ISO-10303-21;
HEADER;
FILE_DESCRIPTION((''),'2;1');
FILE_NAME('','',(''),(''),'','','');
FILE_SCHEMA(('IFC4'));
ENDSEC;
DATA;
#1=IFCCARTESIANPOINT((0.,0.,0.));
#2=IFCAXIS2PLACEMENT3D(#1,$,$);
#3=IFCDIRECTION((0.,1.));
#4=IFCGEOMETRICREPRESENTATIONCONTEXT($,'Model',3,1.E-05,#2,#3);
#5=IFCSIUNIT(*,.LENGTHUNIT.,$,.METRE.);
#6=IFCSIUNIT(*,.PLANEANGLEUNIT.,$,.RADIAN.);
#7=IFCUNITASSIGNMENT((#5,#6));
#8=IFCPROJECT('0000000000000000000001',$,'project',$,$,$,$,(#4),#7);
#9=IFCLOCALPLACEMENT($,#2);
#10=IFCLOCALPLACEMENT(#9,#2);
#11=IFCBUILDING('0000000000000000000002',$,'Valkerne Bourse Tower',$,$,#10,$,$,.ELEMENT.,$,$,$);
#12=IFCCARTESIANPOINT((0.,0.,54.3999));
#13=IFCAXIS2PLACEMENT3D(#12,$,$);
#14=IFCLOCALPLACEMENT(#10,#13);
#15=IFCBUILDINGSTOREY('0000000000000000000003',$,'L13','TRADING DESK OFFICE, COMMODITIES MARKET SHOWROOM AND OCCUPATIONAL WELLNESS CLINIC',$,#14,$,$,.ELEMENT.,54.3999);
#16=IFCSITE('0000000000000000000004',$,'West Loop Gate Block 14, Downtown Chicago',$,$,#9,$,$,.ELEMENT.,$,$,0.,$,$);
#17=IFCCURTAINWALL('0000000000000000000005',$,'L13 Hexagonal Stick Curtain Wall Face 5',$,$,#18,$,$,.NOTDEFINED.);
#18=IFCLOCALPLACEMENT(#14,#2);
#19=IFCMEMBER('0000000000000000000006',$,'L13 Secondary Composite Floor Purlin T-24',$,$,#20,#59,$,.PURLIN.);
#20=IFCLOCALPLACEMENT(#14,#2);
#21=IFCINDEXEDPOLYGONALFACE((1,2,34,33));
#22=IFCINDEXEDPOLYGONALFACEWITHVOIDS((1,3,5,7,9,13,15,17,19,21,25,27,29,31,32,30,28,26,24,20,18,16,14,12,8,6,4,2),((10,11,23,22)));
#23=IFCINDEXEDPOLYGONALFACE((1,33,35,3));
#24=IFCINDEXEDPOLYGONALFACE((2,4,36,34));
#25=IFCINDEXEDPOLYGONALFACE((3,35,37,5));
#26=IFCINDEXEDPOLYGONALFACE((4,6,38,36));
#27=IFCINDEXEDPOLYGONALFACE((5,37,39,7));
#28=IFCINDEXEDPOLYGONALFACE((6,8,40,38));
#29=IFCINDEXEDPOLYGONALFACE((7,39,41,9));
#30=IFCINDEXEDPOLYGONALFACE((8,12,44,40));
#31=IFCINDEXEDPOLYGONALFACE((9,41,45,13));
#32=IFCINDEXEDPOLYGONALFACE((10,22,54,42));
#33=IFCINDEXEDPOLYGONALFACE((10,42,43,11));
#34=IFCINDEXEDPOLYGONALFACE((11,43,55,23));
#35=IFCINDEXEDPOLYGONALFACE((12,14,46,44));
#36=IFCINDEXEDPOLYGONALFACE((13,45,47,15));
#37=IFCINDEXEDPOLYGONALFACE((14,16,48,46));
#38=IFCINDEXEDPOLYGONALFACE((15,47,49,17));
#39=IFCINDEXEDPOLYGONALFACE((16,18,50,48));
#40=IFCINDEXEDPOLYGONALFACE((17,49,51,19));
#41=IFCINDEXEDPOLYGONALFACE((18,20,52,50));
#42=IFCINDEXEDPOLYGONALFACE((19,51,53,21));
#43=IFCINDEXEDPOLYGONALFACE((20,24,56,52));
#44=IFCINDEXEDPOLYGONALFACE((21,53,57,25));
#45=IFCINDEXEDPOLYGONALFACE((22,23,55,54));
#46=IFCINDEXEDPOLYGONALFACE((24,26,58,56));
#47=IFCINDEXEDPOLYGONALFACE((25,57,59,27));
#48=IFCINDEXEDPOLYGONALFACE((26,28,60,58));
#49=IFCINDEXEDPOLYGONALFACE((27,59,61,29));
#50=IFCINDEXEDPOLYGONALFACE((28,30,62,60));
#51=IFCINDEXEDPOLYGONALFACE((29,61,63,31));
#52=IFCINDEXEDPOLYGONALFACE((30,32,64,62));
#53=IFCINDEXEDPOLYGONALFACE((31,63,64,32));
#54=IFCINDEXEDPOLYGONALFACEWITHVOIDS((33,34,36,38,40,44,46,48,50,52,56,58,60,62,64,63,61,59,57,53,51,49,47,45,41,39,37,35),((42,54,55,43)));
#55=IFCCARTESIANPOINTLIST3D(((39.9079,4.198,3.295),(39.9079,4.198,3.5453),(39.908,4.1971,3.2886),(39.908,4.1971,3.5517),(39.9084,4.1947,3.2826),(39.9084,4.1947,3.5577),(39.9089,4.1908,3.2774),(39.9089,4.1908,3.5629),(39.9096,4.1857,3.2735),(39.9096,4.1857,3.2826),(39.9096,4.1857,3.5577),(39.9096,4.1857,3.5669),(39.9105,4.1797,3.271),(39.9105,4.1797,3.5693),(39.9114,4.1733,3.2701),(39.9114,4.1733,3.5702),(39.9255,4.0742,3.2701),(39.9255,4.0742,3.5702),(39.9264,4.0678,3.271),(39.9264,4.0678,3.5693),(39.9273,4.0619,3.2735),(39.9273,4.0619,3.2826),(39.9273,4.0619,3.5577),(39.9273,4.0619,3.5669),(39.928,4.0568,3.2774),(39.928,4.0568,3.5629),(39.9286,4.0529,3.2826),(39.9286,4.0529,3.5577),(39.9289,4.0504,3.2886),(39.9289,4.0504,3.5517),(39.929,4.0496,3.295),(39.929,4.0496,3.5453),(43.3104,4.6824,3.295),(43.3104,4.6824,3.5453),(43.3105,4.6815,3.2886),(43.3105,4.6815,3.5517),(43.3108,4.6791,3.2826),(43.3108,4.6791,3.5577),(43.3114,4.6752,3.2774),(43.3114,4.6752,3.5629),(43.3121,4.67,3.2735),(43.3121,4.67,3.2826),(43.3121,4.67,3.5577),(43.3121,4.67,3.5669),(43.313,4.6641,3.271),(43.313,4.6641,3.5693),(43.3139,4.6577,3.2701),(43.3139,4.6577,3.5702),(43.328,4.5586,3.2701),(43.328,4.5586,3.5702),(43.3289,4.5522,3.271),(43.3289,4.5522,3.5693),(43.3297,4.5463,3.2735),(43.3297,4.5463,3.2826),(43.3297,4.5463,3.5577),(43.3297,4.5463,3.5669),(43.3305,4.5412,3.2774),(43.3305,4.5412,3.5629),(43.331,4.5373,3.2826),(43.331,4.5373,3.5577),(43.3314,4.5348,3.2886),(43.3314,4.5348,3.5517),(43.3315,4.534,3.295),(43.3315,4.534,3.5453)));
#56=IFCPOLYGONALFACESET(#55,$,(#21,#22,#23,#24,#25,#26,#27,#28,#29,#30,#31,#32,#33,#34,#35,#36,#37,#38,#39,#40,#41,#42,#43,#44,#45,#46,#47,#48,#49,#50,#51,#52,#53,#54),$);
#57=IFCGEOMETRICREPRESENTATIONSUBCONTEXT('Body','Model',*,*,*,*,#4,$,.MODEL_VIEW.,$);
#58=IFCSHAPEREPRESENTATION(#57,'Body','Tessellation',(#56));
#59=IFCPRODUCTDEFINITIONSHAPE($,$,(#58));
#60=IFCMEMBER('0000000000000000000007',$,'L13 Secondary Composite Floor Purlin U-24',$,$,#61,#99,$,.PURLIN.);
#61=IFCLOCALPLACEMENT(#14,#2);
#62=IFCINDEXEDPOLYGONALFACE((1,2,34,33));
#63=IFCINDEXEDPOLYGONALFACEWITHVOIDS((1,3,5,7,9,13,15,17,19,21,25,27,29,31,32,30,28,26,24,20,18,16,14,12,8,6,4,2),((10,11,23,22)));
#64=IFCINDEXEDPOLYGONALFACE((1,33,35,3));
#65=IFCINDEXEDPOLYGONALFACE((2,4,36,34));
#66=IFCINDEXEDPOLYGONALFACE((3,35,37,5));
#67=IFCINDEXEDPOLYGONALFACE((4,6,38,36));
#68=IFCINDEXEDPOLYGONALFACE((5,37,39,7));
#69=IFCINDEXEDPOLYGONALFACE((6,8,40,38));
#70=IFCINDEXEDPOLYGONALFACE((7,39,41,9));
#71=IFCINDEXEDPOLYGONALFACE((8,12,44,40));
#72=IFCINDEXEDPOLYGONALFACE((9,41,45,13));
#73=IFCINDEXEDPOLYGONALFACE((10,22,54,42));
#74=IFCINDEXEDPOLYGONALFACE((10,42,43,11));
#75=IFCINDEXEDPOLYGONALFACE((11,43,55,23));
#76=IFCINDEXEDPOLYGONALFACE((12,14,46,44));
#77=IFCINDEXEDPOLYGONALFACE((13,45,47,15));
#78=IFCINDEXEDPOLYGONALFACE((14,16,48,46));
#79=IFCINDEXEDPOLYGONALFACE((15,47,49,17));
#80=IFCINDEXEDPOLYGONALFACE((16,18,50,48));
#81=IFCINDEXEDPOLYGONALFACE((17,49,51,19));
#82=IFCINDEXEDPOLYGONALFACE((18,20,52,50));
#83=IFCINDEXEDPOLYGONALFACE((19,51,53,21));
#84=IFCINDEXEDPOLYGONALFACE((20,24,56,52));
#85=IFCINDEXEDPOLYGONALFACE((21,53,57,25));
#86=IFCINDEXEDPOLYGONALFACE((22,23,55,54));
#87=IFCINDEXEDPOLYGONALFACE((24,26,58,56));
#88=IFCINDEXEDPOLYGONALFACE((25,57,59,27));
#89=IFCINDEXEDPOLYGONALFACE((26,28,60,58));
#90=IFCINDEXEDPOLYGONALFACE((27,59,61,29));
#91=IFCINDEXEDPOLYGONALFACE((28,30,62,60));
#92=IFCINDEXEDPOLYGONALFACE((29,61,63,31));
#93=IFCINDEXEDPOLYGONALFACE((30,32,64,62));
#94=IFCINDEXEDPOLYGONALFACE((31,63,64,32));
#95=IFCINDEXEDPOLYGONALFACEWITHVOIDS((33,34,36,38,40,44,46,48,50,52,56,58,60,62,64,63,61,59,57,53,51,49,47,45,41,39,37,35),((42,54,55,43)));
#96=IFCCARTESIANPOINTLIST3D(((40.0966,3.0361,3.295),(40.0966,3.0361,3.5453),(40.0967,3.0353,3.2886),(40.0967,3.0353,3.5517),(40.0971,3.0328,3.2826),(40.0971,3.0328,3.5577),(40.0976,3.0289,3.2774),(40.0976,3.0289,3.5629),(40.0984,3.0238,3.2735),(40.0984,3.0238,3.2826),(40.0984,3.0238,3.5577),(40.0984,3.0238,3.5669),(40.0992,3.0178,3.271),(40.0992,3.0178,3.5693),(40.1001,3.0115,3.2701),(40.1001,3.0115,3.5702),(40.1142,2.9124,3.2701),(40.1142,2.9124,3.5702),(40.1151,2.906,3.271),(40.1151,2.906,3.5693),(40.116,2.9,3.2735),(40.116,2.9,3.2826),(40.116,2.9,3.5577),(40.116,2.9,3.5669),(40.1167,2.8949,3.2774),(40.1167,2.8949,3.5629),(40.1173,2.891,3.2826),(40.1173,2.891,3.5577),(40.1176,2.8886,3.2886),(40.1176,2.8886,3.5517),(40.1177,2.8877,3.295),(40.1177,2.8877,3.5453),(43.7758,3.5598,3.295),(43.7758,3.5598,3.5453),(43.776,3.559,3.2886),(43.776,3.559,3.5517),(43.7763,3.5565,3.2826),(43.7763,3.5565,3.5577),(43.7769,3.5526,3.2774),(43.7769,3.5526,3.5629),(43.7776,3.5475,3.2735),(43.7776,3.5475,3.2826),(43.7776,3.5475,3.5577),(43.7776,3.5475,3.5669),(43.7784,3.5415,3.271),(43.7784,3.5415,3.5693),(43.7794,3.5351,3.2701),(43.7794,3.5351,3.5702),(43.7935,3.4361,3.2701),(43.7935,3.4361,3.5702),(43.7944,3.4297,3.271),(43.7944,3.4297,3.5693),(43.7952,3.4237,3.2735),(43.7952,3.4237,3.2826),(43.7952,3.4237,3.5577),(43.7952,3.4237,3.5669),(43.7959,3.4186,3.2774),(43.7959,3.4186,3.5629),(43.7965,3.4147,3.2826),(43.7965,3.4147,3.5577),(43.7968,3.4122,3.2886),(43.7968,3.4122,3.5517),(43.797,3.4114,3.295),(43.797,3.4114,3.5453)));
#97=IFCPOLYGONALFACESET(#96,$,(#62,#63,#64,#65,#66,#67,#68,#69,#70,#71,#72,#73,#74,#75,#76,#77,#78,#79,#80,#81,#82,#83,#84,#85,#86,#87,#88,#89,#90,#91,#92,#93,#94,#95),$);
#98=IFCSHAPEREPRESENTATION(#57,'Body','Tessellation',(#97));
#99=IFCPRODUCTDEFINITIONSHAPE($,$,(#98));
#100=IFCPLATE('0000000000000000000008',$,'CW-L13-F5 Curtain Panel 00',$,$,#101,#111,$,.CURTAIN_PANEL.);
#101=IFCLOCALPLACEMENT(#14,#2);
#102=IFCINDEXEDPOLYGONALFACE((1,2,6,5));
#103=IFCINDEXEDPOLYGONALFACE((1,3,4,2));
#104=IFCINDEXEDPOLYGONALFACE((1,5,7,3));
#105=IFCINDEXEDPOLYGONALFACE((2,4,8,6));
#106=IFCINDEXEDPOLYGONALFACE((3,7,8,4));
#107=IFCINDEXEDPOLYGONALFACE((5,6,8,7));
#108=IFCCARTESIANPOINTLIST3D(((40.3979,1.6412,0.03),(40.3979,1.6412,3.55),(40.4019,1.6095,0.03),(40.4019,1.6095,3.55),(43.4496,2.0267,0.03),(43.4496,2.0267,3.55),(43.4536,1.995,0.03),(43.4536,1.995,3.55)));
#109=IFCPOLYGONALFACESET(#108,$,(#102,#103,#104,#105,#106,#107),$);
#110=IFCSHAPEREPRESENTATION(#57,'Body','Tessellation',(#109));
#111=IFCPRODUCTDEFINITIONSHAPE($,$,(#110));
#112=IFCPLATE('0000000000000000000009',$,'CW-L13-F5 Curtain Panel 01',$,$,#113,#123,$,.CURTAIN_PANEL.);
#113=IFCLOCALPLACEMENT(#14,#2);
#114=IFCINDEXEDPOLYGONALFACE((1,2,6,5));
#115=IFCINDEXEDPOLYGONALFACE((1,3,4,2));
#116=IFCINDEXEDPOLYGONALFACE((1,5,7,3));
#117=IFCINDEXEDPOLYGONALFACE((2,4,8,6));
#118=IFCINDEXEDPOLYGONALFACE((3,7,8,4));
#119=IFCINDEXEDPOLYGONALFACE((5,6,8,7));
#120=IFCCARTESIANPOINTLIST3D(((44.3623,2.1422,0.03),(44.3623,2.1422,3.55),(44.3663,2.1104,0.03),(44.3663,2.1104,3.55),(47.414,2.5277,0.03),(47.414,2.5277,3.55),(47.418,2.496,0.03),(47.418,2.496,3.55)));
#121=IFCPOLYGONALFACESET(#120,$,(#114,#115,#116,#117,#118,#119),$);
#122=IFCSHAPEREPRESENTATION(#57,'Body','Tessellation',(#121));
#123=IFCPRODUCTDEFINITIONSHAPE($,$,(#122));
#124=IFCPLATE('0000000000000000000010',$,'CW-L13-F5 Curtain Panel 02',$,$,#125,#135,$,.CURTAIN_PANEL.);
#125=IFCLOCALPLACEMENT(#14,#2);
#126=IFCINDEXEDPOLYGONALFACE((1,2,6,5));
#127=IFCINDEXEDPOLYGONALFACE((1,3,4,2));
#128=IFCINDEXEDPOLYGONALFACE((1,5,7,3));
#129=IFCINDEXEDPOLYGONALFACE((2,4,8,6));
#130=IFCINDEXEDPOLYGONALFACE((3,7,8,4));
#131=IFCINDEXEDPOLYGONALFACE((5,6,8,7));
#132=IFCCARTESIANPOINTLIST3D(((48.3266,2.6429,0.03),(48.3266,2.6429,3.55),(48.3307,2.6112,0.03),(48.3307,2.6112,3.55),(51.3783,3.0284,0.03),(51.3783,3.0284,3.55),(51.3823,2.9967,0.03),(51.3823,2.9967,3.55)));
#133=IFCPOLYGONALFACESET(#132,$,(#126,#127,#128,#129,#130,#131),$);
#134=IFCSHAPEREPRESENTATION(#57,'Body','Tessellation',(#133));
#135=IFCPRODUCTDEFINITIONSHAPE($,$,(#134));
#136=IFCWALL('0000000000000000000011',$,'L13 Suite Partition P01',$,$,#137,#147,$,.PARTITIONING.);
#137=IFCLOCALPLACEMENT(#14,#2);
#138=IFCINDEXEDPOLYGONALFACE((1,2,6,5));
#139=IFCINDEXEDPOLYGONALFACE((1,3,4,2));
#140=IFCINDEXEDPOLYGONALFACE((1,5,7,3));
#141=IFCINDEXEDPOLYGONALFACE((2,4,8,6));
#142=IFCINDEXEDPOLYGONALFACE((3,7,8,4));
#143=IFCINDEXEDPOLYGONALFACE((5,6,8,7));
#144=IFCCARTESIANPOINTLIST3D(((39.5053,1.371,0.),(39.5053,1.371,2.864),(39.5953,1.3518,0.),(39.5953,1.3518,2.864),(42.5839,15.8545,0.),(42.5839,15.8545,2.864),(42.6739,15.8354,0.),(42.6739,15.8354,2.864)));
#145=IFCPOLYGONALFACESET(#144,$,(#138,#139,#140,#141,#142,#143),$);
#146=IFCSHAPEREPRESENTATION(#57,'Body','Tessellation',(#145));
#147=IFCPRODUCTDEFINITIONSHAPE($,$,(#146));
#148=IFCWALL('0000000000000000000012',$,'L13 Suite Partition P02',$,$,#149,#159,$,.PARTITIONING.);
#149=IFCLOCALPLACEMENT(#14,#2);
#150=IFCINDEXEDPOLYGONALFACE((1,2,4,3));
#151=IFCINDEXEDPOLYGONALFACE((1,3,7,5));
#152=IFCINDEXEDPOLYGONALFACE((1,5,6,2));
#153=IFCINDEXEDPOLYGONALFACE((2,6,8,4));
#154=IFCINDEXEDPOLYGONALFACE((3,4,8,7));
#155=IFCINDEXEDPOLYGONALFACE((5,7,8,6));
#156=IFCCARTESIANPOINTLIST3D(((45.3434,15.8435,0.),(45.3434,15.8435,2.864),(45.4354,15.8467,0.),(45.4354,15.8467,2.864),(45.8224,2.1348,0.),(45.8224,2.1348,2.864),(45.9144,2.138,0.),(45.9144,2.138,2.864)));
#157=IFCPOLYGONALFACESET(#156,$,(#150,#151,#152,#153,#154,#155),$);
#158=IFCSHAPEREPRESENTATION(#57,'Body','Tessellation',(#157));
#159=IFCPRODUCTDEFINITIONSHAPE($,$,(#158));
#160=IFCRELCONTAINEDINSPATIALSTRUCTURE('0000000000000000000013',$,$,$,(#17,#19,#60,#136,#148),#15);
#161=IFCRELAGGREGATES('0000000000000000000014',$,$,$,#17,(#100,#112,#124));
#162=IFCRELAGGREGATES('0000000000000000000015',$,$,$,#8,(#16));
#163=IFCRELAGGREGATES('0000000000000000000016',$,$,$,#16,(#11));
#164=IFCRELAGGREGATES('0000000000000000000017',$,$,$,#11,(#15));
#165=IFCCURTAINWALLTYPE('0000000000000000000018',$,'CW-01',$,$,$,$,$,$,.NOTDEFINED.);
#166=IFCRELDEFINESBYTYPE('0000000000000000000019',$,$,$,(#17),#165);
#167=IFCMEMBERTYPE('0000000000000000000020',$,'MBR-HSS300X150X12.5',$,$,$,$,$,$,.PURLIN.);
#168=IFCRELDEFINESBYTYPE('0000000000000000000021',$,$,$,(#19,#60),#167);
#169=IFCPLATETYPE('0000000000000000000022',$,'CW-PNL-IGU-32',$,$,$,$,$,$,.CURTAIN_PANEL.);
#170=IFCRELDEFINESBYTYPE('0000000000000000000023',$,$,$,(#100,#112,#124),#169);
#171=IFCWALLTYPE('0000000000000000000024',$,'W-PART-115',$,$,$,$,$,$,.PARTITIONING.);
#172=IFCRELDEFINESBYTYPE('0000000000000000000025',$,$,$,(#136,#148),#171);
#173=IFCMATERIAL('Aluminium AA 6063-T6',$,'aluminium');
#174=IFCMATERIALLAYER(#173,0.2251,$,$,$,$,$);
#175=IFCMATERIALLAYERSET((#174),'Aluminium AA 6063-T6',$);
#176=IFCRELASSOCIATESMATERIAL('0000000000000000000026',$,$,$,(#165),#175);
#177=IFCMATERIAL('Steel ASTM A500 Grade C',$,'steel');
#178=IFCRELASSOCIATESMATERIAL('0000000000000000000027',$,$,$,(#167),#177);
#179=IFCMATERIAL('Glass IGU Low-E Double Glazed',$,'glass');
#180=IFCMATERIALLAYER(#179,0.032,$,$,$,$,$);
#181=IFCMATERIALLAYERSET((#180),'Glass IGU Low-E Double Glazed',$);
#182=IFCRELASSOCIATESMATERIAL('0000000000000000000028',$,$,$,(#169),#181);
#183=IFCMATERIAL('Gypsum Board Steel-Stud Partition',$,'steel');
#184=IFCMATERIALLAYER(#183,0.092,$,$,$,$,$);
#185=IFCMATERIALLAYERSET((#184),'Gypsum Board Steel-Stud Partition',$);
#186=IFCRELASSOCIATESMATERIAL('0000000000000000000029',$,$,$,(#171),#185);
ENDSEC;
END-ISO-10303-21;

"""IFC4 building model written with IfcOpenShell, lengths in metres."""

from ifc_helpers import new_model, si_unit, direction, frame, frame_2d, origin, origin_2d, place, context, subcontext, project, spatial, rectangle, hollow_rectangle, extrude, material, layer, layer_set, material_profile, profile_set, type_object, element, aggregate, save


model = new_model("IFC4")

# Units and contexts
model_context = context("Model", 3, precision=1e-05, world=origin(), true_north=direction((0.0, 1.0)))
body_context = subcontext(model_context, "Body", "Model", "MODEL_VIEW")
ifc_project = project(units=[si_unit("LENGTHUNIT", "METRE"), si_unit("PLANEANGLEUNIT", "RADIAN")], contexts=[model_context])

# Site, building, storey
site_placement = place(None, origin())
site = spatial("IfcSite", under=ifc_project, at=site_placement, Name="West Loop Gate Block 14, Downtown Chicago", CompositionType="ELEMENT", RefElevation=0.0)
building_placement = place(site_placement, origin())
building = spatial("IfcBuilding", under=site, at=building_placement, Name="Valkerne Bourse Tower", CompositionType="ELEMENT")
storey_placement = place(building_placement, frame((0.0, 0.0, 54.3999)))
storey = spatial("IfcBuildingStorey", under=building, at=storey_placement, Name="L13", Description="TRADING DESK OFFICE, COMMODITIES MARKET SHOWROOM AND OCCUPATIONAL WELLNESS CLINIC", CompositionType="ELEMENT", Elevation=54.3999)

# Curtain wall
ifc_material_1 = material(Name="Aluminium AA 6063-T6", Category="aluminium")
ifc_layer_1 = layer(ifc_material_1, 0.2251)
ifc_layer_set_1 = layer_set([ifc_layer_1], Name="Aluminium AA 6063-T6")
curtain_wall_type = type_object("IfcCurtainWallType", Name="CW-01", PredefinedType="NOTDEFINED", material=ifc_layer_set_1)
curtain_wall_placement = place(storey_placement, origin())
curtain_wall = element("IfcCurtainWall", 1, at=curtain_wall_placement, inside=storey, type_object=curtain_wall_type, Name="L13 Hexagonal Stick Curtain Wall Face 5", PredefinedType="NOTDEFINED")

# Members
ifc_material_2 = material(Name="Steel ASTM A500 Grade C", Category="steel")
ifc_material_profile_1 = material_profile(ifc_material_2, hollow_rectangle(XDim=0.1499, YDim=0.3, WallThickness=0.0125, OuterFilletRadius=0.0249, at=origin_2d()), Name="HSS300X150X12.5")
ifc_profile_set_1 = profile_set([ifc_material_profile_1], Name="Steel ASTM A500 Grade C")
member_type_1 = type_object("IfcMemberType", Name="MBR-HSS300X150X12.5", PredefinedType="PURLIN", material=ifc_profile_set_1)
member_1_placement = place(storey_placement, frame((39.9185, 4.1238, 3.4202), z_axis=(0.990018, 0.140944, 0.0), x_axis=(-0.140944, 0.990018, 0.0)))
element("IfcMember", 2, at=member_1_placement, inside=storey, type_object=member_type_1, Name="L13 Secondary Composite Floor Purlin T-24", PredefinedType="PURLIN", context=body_context, shape_type="SweptSolid", body=[
    extrude(hollow_rectangle(XDim=0.1499, YDim=0.3, WallThickness=0.0125, OuterFilletRadius=0.0249, at=origin_2d()), origin(), (0.0, 0.0, 1.0), 3.4368),
])
member_2_placement = place(storey_placement, frame((40.1072, 2.9619, 3.4202), z_axis=(0.990022, 0.140915, 0.0), x_axis=(-0.140915, 0.990022, 0.0)))
element("IfcMember", 3, at=member_2_placement, inside=storey, type_object=member_type_1, Name="L13 Secondary Composite Floor Purlin U-24", PredefinedType="PURLIN", context=body_context, shape_type="SweptSolid", body=[
    extrude(hollow_rectangle(XDim=0.1499, YDim=0.3, WallThickness=0.0125, OuterFilletRadius=0.0249, at=origin_2d()), origin(), (0.0, 0.0, 1.0), 3.7163),
])

# Plates
ifc_material_3 = material(Name="Glass IGU Low-E Double Glazed", Category="glass")
ifc_layer_2 = layer(ifc_material_3, 0.032)
ifc_layer_set_2 = layer_set([ifc_layer_2], Name="Glass IGU Low-E Double Glazed")
plate_type = type_object("IfcPlateType", Name="CW-PNL-IGU-32", PredefinedType="CURTAIN_PANEL", material=ifc_layer_set_2)
plate_1_placement = place(storey_placement, frame((41.9258, 1.8181, 0.03), z_axis=(0.0, 0.0, 1.0), x_axis=(0.992116, 0.125325, 0.0)))
plate_1 = element("IfcPlate", 4, at=plate_1_placement, type_object=plate_type, Name="CW-L13-F5 Curtain Panel 00", PredefinedType="CURTAIN_PANEL", context=body_context, shape_type="SweptSolid", body=[
    extrude(rectangle(XDim=3.0759, YDim=0.032, at=origin_2d()), origin(), (0.0, 0.0, 1.0), 3.52),
])
plate_2_placement = place(storey_placement, frame((45.8901, 2.3191, 0.03), z_axis=(0.0, 0.0, 1.0), x_axis=(0.992113, 0.12535, 0.0)))
plate_2 = element("IfcPlate", 5, at=plate_2_placement, type_object=plate_type, Name="CW-L13-F5 Curtain Panel 01", PredefinedType="CURTAIN_PANEL", context=body_context, shape_type="SweptSolid", body=[
    extrude(rectangle(XDim=3.0759, YDim=0.032, at=origin_2d()), origin(), (0.0, 0.0, 1.0), 3.52),
])
plate_3_placement = place(storey_placement, frame((49.8545, 2.8198, 0.03), z_axis=(0.0, 0.0, 1.0), x_axis=(0.992116, 0.125325, 0.0)))
plate_3 = element("IfcPlate", 6, at=plate_3_placement, type_object=plate_type, Name="CW-L13-F5 Curtain Panel 02", PredefinedType="CURTAIN_PANEL", context=body_context, shape_type="SweptSolid", body=[
    extrude(rectangle(XDim=3.0759, YDim=0.032, at=origin_2d()), origin(), (0.0, 0.0, 1.0), 3.52),
])
aggregate(curtain_wall, [plate_1, plate_2, plate_3])

# Walls
ifc_material_4 = material(Name="Gypsum Board Steel-Stud Partition", Category="steel")
ifc_layer_3 = layer(ifc_material_4, 0.092)
ifc_layer_set_3 = layer_set([ifc_layer_3], Name="Gypsum Board Steel-Stud Partition")
wall_type = type_object("IfcWallType", Name="W-PART-115", PredefinedType="PARTITIONING", material=ifc_layer_set_3)
wall_1_placement = place(storey_placement, frame((42.6289, 15.845, 0.0), z_axis=(0.0, 0.0, 1.0), x_axis=(-0.207913, -0.978147, 0.0)))
element("IfcWall", 7, at=wall_1_placement, inside=storey, type_object=wall_type, Name="L13 Suite Partition P01", PredefinedType="PARTITIONING", context=body_context, shape_type="SweptSolid", body=[
    extrude(rectangle(XDim=14.8071, YDim=0.092, at=frame_2d((7.4036, 0.0))), origin(), (0.0, 0.0, 1.0), 2.864),
])
wall_2_placement = place(storey_placement, frame((45.3894, 15.845, 0.0), z_axis=(0.0, 0.0, 1.0), x_axis=(0.03492, -0.99939, 0.0)))
element("IfcWall", 8, at=wall_2_placement, inside=storey, type_object=wall_type, Name="L13 Suite Partition P02", PredefinedType="PARTITIONING", context=body_context, shape_type="SweptSolid", body=[
    extrude(rectangle(XDim=13.717, YDim=0.092, at=frame_2d((6.8584, 0.0))), origin(), (0.0, 0.0, 1.0), 2.864),
])

save(model, "model.ifc")
